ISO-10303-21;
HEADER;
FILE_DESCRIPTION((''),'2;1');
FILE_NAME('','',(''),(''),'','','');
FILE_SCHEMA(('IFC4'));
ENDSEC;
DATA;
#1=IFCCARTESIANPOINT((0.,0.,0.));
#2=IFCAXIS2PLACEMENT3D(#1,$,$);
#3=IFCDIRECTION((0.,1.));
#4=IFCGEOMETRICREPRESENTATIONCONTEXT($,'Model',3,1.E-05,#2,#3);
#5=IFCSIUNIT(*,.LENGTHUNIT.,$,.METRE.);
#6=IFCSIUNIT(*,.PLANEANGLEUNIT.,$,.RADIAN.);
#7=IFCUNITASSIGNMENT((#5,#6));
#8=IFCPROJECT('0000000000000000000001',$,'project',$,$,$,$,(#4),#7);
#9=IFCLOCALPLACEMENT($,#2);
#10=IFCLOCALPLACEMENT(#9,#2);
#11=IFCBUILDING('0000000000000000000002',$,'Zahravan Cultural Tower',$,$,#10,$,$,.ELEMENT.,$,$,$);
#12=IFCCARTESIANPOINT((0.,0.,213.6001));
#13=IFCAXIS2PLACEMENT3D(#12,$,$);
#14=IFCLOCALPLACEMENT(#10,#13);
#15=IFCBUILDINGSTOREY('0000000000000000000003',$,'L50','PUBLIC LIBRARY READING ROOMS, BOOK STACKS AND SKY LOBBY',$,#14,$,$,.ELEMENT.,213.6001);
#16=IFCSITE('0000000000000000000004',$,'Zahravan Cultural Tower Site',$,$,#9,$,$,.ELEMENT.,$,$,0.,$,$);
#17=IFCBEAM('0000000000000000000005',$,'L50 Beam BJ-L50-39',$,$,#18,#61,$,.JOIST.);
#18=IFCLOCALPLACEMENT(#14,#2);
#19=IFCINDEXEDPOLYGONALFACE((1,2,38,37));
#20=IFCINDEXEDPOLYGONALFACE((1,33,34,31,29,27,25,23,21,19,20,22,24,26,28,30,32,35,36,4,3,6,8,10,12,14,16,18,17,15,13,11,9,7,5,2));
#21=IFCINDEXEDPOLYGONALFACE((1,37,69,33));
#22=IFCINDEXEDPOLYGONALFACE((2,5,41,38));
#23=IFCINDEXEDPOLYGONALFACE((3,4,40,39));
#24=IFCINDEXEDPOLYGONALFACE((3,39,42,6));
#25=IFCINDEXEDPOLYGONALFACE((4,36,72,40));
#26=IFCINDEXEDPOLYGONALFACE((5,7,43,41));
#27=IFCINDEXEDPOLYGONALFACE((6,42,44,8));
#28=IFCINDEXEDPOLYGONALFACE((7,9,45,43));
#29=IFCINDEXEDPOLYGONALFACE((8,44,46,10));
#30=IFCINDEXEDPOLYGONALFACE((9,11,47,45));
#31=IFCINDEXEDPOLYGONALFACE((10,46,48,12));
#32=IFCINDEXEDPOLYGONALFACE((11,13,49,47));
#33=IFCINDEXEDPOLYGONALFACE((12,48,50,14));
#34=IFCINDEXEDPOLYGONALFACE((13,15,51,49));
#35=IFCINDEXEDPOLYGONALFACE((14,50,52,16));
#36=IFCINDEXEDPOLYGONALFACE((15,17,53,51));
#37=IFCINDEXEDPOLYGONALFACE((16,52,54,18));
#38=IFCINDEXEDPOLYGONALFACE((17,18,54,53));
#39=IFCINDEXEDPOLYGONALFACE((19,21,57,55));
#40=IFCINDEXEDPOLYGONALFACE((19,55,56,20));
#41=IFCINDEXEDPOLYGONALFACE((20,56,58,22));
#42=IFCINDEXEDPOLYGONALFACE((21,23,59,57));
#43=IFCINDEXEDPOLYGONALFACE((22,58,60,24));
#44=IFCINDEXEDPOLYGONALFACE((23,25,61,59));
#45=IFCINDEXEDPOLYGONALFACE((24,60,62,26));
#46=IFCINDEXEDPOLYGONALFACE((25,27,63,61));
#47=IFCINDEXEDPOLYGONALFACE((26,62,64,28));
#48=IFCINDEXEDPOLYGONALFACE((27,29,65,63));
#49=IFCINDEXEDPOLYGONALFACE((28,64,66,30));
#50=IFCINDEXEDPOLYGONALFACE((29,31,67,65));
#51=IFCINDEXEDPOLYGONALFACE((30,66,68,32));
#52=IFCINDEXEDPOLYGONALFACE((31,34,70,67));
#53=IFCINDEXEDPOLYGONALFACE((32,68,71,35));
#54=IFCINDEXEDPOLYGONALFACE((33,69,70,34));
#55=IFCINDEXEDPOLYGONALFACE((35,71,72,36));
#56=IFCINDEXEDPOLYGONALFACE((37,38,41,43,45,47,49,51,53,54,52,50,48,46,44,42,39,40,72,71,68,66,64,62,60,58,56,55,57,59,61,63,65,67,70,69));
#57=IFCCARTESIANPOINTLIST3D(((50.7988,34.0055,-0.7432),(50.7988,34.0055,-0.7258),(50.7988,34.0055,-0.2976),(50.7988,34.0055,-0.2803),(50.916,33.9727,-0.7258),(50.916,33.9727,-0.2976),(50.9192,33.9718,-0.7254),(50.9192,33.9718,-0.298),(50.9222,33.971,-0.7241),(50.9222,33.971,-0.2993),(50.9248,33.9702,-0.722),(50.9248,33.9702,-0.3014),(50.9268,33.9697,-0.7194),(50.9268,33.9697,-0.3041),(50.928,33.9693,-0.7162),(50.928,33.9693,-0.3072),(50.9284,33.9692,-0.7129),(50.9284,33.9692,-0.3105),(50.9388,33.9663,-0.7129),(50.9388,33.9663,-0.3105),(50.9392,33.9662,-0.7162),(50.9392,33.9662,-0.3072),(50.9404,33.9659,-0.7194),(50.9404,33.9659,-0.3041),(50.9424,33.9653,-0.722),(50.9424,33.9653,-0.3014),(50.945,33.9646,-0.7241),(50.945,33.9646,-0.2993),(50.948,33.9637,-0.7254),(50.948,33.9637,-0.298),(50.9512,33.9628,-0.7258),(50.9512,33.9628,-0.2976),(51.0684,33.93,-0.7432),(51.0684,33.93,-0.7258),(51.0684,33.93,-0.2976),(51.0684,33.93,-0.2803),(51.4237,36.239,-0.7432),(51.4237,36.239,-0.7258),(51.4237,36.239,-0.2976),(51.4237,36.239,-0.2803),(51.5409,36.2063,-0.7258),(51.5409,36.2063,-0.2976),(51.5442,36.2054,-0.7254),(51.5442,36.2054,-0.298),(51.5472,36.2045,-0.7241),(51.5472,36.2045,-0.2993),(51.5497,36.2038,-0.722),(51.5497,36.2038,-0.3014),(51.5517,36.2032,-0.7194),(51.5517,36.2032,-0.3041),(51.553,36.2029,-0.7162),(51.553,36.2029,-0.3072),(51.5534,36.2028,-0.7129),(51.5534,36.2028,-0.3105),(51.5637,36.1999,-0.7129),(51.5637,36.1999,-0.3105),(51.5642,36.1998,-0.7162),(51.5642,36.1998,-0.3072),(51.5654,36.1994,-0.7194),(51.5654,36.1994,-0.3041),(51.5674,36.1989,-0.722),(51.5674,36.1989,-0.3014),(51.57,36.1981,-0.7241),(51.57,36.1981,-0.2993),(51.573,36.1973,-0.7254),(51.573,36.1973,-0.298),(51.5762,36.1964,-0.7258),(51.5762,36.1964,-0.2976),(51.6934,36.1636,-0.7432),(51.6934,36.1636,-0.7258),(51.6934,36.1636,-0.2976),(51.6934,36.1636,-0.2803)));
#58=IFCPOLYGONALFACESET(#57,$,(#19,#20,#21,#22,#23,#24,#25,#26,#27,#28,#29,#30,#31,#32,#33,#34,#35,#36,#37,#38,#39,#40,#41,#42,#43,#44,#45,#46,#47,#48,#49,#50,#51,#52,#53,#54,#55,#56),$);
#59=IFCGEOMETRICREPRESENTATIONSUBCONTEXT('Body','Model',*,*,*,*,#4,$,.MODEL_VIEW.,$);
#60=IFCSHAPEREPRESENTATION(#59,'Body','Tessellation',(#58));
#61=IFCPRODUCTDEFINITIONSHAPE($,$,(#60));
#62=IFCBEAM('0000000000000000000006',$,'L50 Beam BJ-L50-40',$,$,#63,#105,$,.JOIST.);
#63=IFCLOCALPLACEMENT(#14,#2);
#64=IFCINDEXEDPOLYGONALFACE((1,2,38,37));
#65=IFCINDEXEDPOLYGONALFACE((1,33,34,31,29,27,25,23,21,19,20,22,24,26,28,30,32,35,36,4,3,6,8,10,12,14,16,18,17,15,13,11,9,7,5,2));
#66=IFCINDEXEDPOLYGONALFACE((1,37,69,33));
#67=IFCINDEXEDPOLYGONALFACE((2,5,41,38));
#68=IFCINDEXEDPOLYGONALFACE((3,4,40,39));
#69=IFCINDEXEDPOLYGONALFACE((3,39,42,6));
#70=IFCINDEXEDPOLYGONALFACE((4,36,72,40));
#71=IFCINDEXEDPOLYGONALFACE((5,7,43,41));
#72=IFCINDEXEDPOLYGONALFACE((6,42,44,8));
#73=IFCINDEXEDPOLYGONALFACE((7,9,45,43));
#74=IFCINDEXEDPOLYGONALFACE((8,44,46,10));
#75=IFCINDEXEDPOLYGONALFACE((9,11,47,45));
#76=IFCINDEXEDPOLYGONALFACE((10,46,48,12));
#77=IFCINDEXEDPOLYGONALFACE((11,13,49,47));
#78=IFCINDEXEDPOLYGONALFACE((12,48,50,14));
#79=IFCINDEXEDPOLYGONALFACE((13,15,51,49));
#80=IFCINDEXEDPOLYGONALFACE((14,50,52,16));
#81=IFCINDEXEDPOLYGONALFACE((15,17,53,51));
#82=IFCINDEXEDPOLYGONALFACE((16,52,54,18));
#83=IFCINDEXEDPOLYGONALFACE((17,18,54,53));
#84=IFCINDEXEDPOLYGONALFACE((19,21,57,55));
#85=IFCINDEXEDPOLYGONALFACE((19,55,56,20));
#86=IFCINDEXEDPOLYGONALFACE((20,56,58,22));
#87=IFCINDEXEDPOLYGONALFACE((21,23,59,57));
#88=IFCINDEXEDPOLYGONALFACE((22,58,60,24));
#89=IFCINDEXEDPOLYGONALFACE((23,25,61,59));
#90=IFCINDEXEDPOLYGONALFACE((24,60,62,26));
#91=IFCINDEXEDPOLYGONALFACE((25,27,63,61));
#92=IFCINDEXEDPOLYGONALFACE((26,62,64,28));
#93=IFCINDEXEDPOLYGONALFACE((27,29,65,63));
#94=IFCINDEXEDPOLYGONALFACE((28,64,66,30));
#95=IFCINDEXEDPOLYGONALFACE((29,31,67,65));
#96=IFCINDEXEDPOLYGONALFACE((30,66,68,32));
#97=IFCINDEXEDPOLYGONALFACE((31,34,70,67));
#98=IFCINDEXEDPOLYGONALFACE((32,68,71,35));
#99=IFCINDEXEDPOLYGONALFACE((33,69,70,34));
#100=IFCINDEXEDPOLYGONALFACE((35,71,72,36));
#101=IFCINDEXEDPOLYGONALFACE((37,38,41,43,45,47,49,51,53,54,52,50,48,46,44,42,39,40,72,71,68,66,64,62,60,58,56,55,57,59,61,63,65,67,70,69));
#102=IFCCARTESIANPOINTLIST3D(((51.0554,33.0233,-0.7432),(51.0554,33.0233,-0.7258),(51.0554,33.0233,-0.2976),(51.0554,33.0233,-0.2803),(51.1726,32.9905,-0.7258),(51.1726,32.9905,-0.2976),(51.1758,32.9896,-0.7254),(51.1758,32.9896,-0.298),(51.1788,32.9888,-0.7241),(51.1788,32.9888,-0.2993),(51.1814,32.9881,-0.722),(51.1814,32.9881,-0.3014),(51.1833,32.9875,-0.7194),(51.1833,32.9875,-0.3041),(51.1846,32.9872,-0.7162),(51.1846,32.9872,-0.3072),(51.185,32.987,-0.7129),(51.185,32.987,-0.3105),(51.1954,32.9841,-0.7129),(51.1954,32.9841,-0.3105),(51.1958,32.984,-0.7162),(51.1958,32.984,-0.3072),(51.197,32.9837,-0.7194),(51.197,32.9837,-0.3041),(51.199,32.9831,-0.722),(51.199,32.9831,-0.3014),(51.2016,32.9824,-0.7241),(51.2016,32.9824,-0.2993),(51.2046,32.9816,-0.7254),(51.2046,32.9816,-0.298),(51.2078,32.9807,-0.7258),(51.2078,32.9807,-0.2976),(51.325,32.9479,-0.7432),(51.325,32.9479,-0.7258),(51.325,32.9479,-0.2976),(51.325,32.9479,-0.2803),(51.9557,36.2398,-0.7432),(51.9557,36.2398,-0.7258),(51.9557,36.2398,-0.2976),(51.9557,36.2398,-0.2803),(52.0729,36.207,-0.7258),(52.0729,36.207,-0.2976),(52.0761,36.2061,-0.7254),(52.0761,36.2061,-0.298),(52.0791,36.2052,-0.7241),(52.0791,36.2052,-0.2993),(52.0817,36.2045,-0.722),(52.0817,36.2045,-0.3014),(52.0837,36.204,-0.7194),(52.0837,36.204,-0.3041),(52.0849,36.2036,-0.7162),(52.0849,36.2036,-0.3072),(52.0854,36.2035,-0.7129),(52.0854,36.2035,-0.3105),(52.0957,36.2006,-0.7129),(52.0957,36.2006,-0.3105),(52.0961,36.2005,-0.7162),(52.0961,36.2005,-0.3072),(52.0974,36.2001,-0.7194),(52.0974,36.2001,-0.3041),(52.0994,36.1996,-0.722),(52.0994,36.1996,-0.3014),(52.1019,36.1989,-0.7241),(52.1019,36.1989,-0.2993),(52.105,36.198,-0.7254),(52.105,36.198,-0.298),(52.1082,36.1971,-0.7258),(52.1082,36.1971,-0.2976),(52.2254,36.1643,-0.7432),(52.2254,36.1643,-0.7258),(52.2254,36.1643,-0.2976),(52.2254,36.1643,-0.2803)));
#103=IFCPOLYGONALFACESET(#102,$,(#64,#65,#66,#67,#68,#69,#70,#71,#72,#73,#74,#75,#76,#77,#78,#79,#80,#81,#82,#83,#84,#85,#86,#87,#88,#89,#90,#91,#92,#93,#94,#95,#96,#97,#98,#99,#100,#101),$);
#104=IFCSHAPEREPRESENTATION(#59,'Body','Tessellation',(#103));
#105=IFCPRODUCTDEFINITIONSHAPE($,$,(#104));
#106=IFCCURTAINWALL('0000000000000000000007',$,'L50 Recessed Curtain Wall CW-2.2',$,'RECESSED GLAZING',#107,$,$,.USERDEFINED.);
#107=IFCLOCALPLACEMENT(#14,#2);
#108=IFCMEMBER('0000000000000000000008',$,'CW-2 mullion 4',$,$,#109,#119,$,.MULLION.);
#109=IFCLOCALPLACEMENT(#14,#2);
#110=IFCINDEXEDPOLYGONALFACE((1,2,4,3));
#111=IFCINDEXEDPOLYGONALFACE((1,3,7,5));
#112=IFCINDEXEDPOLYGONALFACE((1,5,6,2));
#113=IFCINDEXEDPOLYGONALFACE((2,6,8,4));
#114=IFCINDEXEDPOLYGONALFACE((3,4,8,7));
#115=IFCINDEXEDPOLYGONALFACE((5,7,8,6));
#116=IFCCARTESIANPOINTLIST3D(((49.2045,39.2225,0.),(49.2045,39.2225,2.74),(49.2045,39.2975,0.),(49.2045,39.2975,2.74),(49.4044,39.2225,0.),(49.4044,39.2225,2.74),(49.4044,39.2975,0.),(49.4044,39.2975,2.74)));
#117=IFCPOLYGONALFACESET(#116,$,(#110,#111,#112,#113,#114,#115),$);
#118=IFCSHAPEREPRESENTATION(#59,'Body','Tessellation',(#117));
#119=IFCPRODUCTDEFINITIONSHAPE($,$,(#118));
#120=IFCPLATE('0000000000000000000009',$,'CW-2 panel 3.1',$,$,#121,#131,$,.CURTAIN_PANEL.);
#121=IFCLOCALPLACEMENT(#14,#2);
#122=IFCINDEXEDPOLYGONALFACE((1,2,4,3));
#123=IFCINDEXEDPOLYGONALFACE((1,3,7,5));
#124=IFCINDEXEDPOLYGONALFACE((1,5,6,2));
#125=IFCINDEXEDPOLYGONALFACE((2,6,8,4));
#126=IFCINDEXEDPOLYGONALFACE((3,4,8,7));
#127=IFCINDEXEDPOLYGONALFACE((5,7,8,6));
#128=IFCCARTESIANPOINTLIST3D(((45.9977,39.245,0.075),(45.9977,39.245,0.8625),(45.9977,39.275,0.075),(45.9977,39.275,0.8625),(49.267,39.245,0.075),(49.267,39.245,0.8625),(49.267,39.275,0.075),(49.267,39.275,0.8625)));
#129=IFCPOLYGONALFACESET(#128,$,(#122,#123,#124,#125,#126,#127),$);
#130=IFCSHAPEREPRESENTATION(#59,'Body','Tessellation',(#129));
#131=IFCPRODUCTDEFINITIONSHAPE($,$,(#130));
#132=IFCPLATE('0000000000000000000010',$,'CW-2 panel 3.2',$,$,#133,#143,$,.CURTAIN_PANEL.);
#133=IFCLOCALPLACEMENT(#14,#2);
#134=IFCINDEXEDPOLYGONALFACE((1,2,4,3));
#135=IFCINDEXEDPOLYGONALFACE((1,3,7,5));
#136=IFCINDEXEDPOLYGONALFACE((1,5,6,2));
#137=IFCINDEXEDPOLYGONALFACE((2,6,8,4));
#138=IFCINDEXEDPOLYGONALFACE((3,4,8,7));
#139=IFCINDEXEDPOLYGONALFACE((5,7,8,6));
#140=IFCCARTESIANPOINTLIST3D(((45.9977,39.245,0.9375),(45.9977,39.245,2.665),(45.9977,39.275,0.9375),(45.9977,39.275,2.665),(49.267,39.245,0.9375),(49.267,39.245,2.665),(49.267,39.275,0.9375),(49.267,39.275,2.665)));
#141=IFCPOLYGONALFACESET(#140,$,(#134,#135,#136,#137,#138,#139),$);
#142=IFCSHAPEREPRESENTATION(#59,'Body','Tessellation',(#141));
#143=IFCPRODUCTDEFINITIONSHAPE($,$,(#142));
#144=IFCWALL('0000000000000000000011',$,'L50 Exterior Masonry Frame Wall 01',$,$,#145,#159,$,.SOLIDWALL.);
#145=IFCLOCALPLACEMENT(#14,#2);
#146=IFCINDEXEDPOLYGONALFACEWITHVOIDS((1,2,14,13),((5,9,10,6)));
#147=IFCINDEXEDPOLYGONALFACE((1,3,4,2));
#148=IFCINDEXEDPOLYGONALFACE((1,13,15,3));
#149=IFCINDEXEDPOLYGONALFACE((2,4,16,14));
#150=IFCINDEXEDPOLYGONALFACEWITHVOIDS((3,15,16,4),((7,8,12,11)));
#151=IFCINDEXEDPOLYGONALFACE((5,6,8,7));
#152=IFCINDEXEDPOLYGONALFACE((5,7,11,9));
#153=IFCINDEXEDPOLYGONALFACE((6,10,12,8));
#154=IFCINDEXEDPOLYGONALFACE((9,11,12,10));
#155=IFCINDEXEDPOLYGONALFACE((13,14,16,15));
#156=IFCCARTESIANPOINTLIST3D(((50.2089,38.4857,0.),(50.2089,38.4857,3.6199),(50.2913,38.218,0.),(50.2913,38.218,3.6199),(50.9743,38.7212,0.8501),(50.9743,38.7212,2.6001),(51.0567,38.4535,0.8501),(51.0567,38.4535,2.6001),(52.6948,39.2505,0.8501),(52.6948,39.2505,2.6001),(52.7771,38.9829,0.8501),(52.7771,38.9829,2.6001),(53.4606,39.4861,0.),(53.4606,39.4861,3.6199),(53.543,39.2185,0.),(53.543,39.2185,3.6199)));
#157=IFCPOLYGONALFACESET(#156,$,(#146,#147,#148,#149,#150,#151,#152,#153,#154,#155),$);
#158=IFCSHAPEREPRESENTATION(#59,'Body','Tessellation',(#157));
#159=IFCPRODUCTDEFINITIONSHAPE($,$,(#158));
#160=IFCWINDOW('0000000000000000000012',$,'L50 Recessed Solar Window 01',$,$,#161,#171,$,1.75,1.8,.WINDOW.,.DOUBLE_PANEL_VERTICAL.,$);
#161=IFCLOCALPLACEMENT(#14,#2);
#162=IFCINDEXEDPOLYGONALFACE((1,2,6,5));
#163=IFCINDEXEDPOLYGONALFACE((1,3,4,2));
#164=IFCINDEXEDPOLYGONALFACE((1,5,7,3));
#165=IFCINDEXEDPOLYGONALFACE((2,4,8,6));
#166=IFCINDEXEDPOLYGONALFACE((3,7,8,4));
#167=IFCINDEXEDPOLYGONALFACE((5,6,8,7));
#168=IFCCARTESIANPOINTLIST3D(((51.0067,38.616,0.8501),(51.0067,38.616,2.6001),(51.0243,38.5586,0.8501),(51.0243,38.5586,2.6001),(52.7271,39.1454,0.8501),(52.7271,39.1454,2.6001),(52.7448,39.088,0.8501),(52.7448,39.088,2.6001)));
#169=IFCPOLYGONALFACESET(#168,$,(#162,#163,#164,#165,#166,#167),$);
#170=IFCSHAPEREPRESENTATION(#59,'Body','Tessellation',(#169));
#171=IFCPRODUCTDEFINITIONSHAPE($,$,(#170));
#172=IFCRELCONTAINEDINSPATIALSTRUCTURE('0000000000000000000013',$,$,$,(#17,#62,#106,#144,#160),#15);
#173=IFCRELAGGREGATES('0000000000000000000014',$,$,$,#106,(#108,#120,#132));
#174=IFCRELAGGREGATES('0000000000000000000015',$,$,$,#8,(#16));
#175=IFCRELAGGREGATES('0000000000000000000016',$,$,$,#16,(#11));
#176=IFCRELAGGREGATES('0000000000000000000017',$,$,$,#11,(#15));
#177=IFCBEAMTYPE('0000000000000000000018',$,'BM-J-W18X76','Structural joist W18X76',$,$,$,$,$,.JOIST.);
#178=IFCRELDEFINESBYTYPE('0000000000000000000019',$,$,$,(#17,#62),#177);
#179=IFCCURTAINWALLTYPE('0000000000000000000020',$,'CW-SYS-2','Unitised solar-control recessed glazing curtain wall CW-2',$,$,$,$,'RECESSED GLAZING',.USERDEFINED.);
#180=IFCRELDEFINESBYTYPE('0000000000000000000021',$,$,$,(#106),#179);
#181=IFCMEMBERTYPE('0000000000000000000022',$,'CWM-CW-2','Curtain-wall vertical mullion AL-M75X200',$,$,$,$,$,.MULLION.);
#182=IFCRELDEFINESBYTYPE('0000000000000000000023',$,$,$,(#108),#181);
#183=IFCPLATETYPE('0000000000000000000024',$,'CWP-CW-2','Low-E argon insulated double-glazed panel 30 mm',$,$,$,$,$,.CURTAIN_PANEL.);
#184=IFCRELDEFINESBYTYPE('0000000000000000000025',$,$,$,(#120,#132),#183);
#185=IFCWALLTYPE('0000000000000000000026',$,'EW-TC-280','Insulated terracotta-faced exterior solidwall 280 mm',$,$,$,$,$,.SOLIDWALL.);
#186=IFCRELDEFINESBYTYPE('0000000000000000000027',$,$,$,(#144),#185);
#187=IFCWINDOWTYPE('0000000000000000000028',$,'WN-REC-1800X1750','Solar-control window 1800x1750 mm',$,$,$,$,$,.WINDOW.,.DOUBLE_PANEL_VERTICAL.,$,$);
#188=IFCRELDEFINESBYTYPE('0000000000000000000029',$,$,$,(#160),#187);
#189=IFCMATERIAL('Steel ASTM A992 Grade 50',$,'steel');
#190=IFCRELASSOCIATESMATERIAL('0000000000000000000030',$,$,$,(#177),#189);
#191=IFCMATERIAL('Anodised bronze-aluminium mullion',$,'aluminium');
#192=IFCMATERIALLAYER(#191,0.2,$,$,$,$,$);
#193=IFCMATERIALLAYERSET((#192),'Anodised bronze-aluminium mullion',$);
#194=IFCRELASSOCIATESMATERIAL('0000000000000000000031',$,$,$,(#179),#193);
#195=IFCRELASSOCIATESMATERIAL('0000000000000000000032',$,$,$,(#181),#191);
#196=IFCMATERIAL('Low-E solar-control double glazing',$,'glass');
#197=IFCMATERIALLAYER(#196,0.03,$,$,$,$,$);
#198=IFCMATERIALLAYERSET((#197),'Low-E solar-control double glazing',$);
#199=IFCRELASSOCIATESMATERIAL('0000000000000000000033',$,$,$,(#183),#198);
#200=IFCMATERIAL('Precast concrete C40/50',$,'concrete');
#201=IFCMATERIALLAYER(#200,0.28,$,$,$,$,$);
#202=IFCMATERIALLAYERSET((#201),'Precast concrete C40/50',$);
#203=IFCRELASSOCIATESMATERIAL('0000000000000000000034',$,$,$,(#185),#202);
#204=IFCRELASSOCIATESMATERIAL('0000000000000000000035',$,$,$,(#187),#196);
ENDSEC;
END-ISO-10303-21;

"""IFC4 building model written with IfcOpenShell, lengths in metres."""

from ifc_helpers import new_model, si_unit, direction, frame, frame_2d, origin, origin_2d, place, context, subcontext, project, spatial, rectangle, i_section, extrude, source, transform, mapped, material, layer, layer_set, material_profile, profile_set, type_object, element, fill, aggregate, save


model = new_model("IFC4")

# Units and contexts
model_context = context("Model", 3, precision=1e-05, world=origin(), true_north=direction((0.0, 1.0)))
body_context = subcontext(model_context, "Body", "Model", "MODEL_VIEW")
ifc_project = project(units=[si_unit("LENGTHUNIT", "METRE"), si_unit("PLANEANGLEUNIT", "RADIAN")], contexts=[model_context])

# Site, building, storey
site_placement = place(None, origin())
site = spatial("IfcSite", under=ifc_project, at=site_placement, Name="Zahravan Cultural Tower Site", CompositionType="ELEMENT", RefElevation=0.0)
building_placement = place(site_placement, origin())
building = spatial("IfcBuilding", under=site, at=building_placement, Name="Zahravan Cultural Tower", CompositionType="ELEMENT")
storey_placement = place(building_placement, frame((0.0, 0.0, 213.6001)))
storey = spatial("IfcBuildingStorey", under=building, at=storey_placement, Name="L50", Description="PUBLIC LIBRARY READING ROOMS, BOOK STACKS AND SKY LOBBY", CompositionType="ELEMENT", Elevation=213.6001)

# Beams
ifc_material_1 = material(Name="Steel ASTM A992 Grade 50", Category="steel")
ifc_material_profile_1 = material_profile(ifc_material_1, i_section(OverallWidth=0.28, OverallDepth=0.4629, WebThickness=0.0107, FlangeThickness=0.0173, FilletRadius=0.0129, at=origin_2d()), Name="W18X76")
ifc_profile_set_1 = profile_set([ifc_material_profile_1], Name="Steel ASTM A992 Grade 50")
beam_type_1 = type_object("IfcBeamType", Name="BM-J-W18X76", Description="Structural joist W18X76", PredefinedType="JOIST", material=ifc_profile_set_1)
shared_shape_1 = source(origin(), body_context, "Body", "SweptSolid", [
    extrude(i_section(OverallWidth=0.28, OverallDepth=0.4629, WebThickness=0.0107, FlangeThickness=0.0173, FilletRadius=0.0129, at=origin_2d()), origin(), (0.0, 0.0, 1.0), 2.3193),
])
beam_1_placement = place(storey_placement, frame((50.9336, 33.9678, -0.5117), z_axis=(0.269462, 0.963011, 0.0), x_axis=(-0.963011, 0.269462, 0.0)))
element("IfcBeam", 1, at=beam_1_placement, inside=storey, type_object=beam_type_1, Name="L50 Beam BJ-L50-39", PredefinedType="JOIST", context=body_context, shape_type="MappedRepresentation", body=[
    mapped(shared_shape_1, transform((0.0, 0.0, 0.0), x_axis=(1.0, 0.0, 0.0), y_axis=(0.0, 1.0, 0.0), z_axis=(0.0, 0.0, 1.0), scale=1.0)),
])
shared_shape_2 = source(origin(), body_context, "Body", "SweptSolid", [
    extrude(i_section(OverallWidth=0.28, OverallDepth=0.4629, WebThickness=0.0107, FlangeThickness=0.0173, FilletRadius=0.0129, at=origin_2d()), origin(), (0.0, 0.0, 1.0), 3.3401),
])
beam_2_placement = place(storey_placement, frame((51.1902, 32.9856, -0.5117), z_axis=(0.269562, 0.962983, 0.0), x_axis=(-0.962983, 0.269562, 0.0)))
element("IfcBeam", 2, at=beam_2_placement, inside=storey, type_object=beam_type_1, Name="L50 Beam BJ-L50-40", PredefinedType="JOIST", context=body_context, shape_type="MappedRepresentation", body=[
    mapped(shared_shape_2, transform((0.0, 0.0, 0.0), x_axis=(1.0, 0.0, 0.0), y_axis=(0.0, 1.0, 0.0), z_axis=(0.0, 0.0, 1.0), scale=1.0)),
])

# Curtain wall, member, plates
ifc_material_2 = material(Name="Anodised bronze-aluminium mullion", Category="aluminium")
ifc_layer_1 = layer(ifc_material_2, 0.2)
ifc_layer_set_1 = layer_set([ifc_layer_1], Name="Anodised bronze-aluminium mullion")
curtain_wall_type = type_object("IfcCurtainWallType", Name="CW-SYS-2", Description="Unitised solar-control recessed glazing curtain wall CW-2", ElementType="RECESSED GLAZING", PredefinedType="USERDEFINED", material=ifc_layer_set_1)
curtain_wall_placement = place(storey_placement, origin())
curtain_wall = element("IfcCurtainWall", 3, at=curtain_wall_placement, inside=storey, type_object=curtain_wall_type, Name="L50 Recessed Curtain Wall CW-2.2", ObjectType="RECESSED GLAZING", PredefinedType="USERDEFINED")
ifc_material_profile_2 = material_profile(ifc_material_2, rectangle(XDim=0.075, YDim=0.2, at=origin_2d()), Name="AL-M75X200")
ifc_profile_set_2 = profile_set([ifc_material_profile_2], Name="Anodised bronze-aluminium mullion")
member_type = type_object("IfcMemberType", Name="CWM-CW-2", Description="Curtain-wall vertical mullion AL-M75X200", PredefinedType="MULLION", material=ifc_profile_set_2)
shared_shape_3 = source(origin(), body_context, "Body", "SweptSolid", [
    extrude(rectangle(XDim=0.075, YDim=0.2, at=origin_2d()), origin(), (0.0, 0.0, 1.0), 2.74),
])
member_placement = place(storey_placement, frame((49.3044, 39.26, 0.0), z_axis=(0.0, 0.0, 1.0), x_axis=(0.0, 1.0, 0.0)))
member = element("IfcMember", 4, at=member_placement, type_object=member_type, Name="CW-2 mullion 4", PredefinedType="MULLION", context=body_context, shape_type="MappedRepresentation", body=[
    mapped(shared_shape_3, transform((0.0, 0.0, 0.0), x_axis=(1.0, 0.0, 0.0), y_axis=(0.0, 1.0, 0.0), z_axis=(0.0, 0.0, 1.0), scale=1.0)),
])
ifc_material_3 = material(Name="Low-E solar-control double glazing", Category="glass")
ifc_layer_2 = layer(ifc_material_3, 0.03)
ifc_layer_set_2 = layer_set([ifc_layer_2], Name="Low-E solar-control double glazing")
plate_type = type_object("IfcPlateType", Name="CWP-CW-2", Description="Low-E argon insulated double-glazed panel 30 mm", PredefinedType="CURTAIN_PANEL", material=ifc_layer_set_2)
shared_shape_4 = source(origin(), body_context, "Body", "SweptSolid", [
    extrude(rectangle(XDim=3.2693, YDim=0.03, at=origin_2d()), origin(), (0.0, 0.0, 1.0), 0.7876),
])
plate_1_placement = place(storey_placement, frame((47.6323, 39.26, 0.075), z_axis=(0.0, 0.0, 1.0), x_axis=(1.0, 0.0, 0.0)))
plate_1 = element("IfcPlate", 5, at=plate_1_placement, type_object=plate_type, Name="CW-2 panel 3.1", PredefinedType="CURTAIN_PANEL", context=body_context, shape_type="MappedRepresentation", body=[
    mapped(shared_shape_4, transform((0.0, 0.0, 0.0), x_axis=(1.0, 0.0, 0.0), y_axis=(0.0, 1.0, 0.0), z_axis=(0.0, 0.0, 1.0), scale=1.0)),
])
shared_shape_5 = source(origin(), body_context, "Body", "SweptSolid", [
    extrude(rectangle(XDim=3.2693, YDim=0.03, at=origin_2d()), origin(), (0.0, 0.0, 1.0), 1.7275),
])
plate_2_placement = place(storey_placement, frame((47.6323, 39.26, 0.9375), z_axis=(0.0, 0.0, 1.0), x_axis=(1.0, 0.0, 0.0)))
plate_2 = element("IfcPlate", 6, at=plate_2_placement, type_object=plate_type, Name="CW-2 panel 3.2", PredefinedType="CURTAIN_PANEL", context=body_context, shape_type="MappedRepresentation", body=[
    mapped(shared_shape_5, transform((0.0, 0.0, 0.0), x_axis=(1.0, 0.0, 0.0), y_axis=(0.0, 1.0, 0.0), z_axis=(0.0, 0.0, 1.0), scale=1.0)),
])
aggregate(curtain_wall, [member, plate_1, plate_2])

# Wall, opening, window
ifc_material_4 = material(Name="Precast concrete C40/50", Category="concrete")
ifc_layer_3 = layer(ifc_material_4, 0.28)
ifc_layer_set_3 = layer_set([ifc_layer_3], Name="Precast concrete C40/50")
wall_type_1 = type_object("IfcWallType", Name="EW-TC-280", Description="Insulated terracotta-faced exterior solidwall 280 mm", PredefinedType="SOLIDWALL", material=ifc_layer_set_3)
wall_1_placement = place(storey_placement, frame((50.25, 38.3518, 0.0), z_axis=(0.0, 0.0, 1.0), x_axis=(0.955782, 0.294076, 0.0)))
wall_1 = element("IfcWall", 7, at=wall_1_placement, inside=storey, type_object=wall_type_1, Name="L50 Exterior Masonry Frame Wall 01", PredefinedType="SOLIDWALL", context=body_context, shape_type="SweptSolid", body=[
    extrude(rectangle(XDim=3.4021, YDim=0.28, at=frame_2d((1.7012, 0.0))), origin(), (0.0, 0.0, 1.0), 3.6199),
])
opening_placement = place(wall_1_placement, frame((0.801, 0.0, 0.8501)))
opening = element("IfcOpeningElement", 8, at=opening_placement, cuts=wall_1, PredefinedType="OPENING", context=body_context, shape_type="SweptSolid", body=[
    extrude(rectangle(XDim=1.8, YDim=1.75, at=frame_2d((0.8999, 0.875))), frame((0.0, 0.1499, 0.0), z_axis=(0.0, -1.0, 0.0), x_axis=(1.0, 0.0, 0.0)), (0.0, 0.0, 1.0), 0.3),
])
window_type = type_object("IfcWindowType", Name="WN-REC-1800X1750", Description="Solar-control window 1800x1750 mm", PartitioningType="DOUBLE_PANEL_VERTICAL", PredefinedType="WINDOW", material=ifc_material_3)
shared_shape_6 = source(origin(), body_context, "Body", "SweptSolid", [
    extrude(rectangle(XDim=1.8, YDim=1.75, at=frame_2d((0.8999, 0.875))), frame((0.0, 0.03, 0.0), z_axis=(0.0, -1.0, 0.0), x_axis=(1.0, 0.0, 0.0)), (0.0, 0.0, 1.0), 0.0601),
])
window_placement = place(opening_placement, origin())
window = element("IfcWindow", 9, at=window_placement, inside=storey, type_object=window_type, Name="L50 Recessed Solar Window 01", OverallHeight=1.75, OverallWidth=1.8, PartitioningType="DOUBLE_PANEL_VERTICAL", PredefinedType="WINDOW", context=body_context, shape_type="MappedRepresentation", body=[
    mapped(shared_shape_6, transform((0.0, 0.0, 0.0), x_axis=(1.0, 0.0, 0.0), y_axis=(0.0, 1.0, 0.0), z_axis=(0.0, 0.0, 1.0), scale=1.0)),
])
fill(opening, window)

save(model, "model.ifc")
